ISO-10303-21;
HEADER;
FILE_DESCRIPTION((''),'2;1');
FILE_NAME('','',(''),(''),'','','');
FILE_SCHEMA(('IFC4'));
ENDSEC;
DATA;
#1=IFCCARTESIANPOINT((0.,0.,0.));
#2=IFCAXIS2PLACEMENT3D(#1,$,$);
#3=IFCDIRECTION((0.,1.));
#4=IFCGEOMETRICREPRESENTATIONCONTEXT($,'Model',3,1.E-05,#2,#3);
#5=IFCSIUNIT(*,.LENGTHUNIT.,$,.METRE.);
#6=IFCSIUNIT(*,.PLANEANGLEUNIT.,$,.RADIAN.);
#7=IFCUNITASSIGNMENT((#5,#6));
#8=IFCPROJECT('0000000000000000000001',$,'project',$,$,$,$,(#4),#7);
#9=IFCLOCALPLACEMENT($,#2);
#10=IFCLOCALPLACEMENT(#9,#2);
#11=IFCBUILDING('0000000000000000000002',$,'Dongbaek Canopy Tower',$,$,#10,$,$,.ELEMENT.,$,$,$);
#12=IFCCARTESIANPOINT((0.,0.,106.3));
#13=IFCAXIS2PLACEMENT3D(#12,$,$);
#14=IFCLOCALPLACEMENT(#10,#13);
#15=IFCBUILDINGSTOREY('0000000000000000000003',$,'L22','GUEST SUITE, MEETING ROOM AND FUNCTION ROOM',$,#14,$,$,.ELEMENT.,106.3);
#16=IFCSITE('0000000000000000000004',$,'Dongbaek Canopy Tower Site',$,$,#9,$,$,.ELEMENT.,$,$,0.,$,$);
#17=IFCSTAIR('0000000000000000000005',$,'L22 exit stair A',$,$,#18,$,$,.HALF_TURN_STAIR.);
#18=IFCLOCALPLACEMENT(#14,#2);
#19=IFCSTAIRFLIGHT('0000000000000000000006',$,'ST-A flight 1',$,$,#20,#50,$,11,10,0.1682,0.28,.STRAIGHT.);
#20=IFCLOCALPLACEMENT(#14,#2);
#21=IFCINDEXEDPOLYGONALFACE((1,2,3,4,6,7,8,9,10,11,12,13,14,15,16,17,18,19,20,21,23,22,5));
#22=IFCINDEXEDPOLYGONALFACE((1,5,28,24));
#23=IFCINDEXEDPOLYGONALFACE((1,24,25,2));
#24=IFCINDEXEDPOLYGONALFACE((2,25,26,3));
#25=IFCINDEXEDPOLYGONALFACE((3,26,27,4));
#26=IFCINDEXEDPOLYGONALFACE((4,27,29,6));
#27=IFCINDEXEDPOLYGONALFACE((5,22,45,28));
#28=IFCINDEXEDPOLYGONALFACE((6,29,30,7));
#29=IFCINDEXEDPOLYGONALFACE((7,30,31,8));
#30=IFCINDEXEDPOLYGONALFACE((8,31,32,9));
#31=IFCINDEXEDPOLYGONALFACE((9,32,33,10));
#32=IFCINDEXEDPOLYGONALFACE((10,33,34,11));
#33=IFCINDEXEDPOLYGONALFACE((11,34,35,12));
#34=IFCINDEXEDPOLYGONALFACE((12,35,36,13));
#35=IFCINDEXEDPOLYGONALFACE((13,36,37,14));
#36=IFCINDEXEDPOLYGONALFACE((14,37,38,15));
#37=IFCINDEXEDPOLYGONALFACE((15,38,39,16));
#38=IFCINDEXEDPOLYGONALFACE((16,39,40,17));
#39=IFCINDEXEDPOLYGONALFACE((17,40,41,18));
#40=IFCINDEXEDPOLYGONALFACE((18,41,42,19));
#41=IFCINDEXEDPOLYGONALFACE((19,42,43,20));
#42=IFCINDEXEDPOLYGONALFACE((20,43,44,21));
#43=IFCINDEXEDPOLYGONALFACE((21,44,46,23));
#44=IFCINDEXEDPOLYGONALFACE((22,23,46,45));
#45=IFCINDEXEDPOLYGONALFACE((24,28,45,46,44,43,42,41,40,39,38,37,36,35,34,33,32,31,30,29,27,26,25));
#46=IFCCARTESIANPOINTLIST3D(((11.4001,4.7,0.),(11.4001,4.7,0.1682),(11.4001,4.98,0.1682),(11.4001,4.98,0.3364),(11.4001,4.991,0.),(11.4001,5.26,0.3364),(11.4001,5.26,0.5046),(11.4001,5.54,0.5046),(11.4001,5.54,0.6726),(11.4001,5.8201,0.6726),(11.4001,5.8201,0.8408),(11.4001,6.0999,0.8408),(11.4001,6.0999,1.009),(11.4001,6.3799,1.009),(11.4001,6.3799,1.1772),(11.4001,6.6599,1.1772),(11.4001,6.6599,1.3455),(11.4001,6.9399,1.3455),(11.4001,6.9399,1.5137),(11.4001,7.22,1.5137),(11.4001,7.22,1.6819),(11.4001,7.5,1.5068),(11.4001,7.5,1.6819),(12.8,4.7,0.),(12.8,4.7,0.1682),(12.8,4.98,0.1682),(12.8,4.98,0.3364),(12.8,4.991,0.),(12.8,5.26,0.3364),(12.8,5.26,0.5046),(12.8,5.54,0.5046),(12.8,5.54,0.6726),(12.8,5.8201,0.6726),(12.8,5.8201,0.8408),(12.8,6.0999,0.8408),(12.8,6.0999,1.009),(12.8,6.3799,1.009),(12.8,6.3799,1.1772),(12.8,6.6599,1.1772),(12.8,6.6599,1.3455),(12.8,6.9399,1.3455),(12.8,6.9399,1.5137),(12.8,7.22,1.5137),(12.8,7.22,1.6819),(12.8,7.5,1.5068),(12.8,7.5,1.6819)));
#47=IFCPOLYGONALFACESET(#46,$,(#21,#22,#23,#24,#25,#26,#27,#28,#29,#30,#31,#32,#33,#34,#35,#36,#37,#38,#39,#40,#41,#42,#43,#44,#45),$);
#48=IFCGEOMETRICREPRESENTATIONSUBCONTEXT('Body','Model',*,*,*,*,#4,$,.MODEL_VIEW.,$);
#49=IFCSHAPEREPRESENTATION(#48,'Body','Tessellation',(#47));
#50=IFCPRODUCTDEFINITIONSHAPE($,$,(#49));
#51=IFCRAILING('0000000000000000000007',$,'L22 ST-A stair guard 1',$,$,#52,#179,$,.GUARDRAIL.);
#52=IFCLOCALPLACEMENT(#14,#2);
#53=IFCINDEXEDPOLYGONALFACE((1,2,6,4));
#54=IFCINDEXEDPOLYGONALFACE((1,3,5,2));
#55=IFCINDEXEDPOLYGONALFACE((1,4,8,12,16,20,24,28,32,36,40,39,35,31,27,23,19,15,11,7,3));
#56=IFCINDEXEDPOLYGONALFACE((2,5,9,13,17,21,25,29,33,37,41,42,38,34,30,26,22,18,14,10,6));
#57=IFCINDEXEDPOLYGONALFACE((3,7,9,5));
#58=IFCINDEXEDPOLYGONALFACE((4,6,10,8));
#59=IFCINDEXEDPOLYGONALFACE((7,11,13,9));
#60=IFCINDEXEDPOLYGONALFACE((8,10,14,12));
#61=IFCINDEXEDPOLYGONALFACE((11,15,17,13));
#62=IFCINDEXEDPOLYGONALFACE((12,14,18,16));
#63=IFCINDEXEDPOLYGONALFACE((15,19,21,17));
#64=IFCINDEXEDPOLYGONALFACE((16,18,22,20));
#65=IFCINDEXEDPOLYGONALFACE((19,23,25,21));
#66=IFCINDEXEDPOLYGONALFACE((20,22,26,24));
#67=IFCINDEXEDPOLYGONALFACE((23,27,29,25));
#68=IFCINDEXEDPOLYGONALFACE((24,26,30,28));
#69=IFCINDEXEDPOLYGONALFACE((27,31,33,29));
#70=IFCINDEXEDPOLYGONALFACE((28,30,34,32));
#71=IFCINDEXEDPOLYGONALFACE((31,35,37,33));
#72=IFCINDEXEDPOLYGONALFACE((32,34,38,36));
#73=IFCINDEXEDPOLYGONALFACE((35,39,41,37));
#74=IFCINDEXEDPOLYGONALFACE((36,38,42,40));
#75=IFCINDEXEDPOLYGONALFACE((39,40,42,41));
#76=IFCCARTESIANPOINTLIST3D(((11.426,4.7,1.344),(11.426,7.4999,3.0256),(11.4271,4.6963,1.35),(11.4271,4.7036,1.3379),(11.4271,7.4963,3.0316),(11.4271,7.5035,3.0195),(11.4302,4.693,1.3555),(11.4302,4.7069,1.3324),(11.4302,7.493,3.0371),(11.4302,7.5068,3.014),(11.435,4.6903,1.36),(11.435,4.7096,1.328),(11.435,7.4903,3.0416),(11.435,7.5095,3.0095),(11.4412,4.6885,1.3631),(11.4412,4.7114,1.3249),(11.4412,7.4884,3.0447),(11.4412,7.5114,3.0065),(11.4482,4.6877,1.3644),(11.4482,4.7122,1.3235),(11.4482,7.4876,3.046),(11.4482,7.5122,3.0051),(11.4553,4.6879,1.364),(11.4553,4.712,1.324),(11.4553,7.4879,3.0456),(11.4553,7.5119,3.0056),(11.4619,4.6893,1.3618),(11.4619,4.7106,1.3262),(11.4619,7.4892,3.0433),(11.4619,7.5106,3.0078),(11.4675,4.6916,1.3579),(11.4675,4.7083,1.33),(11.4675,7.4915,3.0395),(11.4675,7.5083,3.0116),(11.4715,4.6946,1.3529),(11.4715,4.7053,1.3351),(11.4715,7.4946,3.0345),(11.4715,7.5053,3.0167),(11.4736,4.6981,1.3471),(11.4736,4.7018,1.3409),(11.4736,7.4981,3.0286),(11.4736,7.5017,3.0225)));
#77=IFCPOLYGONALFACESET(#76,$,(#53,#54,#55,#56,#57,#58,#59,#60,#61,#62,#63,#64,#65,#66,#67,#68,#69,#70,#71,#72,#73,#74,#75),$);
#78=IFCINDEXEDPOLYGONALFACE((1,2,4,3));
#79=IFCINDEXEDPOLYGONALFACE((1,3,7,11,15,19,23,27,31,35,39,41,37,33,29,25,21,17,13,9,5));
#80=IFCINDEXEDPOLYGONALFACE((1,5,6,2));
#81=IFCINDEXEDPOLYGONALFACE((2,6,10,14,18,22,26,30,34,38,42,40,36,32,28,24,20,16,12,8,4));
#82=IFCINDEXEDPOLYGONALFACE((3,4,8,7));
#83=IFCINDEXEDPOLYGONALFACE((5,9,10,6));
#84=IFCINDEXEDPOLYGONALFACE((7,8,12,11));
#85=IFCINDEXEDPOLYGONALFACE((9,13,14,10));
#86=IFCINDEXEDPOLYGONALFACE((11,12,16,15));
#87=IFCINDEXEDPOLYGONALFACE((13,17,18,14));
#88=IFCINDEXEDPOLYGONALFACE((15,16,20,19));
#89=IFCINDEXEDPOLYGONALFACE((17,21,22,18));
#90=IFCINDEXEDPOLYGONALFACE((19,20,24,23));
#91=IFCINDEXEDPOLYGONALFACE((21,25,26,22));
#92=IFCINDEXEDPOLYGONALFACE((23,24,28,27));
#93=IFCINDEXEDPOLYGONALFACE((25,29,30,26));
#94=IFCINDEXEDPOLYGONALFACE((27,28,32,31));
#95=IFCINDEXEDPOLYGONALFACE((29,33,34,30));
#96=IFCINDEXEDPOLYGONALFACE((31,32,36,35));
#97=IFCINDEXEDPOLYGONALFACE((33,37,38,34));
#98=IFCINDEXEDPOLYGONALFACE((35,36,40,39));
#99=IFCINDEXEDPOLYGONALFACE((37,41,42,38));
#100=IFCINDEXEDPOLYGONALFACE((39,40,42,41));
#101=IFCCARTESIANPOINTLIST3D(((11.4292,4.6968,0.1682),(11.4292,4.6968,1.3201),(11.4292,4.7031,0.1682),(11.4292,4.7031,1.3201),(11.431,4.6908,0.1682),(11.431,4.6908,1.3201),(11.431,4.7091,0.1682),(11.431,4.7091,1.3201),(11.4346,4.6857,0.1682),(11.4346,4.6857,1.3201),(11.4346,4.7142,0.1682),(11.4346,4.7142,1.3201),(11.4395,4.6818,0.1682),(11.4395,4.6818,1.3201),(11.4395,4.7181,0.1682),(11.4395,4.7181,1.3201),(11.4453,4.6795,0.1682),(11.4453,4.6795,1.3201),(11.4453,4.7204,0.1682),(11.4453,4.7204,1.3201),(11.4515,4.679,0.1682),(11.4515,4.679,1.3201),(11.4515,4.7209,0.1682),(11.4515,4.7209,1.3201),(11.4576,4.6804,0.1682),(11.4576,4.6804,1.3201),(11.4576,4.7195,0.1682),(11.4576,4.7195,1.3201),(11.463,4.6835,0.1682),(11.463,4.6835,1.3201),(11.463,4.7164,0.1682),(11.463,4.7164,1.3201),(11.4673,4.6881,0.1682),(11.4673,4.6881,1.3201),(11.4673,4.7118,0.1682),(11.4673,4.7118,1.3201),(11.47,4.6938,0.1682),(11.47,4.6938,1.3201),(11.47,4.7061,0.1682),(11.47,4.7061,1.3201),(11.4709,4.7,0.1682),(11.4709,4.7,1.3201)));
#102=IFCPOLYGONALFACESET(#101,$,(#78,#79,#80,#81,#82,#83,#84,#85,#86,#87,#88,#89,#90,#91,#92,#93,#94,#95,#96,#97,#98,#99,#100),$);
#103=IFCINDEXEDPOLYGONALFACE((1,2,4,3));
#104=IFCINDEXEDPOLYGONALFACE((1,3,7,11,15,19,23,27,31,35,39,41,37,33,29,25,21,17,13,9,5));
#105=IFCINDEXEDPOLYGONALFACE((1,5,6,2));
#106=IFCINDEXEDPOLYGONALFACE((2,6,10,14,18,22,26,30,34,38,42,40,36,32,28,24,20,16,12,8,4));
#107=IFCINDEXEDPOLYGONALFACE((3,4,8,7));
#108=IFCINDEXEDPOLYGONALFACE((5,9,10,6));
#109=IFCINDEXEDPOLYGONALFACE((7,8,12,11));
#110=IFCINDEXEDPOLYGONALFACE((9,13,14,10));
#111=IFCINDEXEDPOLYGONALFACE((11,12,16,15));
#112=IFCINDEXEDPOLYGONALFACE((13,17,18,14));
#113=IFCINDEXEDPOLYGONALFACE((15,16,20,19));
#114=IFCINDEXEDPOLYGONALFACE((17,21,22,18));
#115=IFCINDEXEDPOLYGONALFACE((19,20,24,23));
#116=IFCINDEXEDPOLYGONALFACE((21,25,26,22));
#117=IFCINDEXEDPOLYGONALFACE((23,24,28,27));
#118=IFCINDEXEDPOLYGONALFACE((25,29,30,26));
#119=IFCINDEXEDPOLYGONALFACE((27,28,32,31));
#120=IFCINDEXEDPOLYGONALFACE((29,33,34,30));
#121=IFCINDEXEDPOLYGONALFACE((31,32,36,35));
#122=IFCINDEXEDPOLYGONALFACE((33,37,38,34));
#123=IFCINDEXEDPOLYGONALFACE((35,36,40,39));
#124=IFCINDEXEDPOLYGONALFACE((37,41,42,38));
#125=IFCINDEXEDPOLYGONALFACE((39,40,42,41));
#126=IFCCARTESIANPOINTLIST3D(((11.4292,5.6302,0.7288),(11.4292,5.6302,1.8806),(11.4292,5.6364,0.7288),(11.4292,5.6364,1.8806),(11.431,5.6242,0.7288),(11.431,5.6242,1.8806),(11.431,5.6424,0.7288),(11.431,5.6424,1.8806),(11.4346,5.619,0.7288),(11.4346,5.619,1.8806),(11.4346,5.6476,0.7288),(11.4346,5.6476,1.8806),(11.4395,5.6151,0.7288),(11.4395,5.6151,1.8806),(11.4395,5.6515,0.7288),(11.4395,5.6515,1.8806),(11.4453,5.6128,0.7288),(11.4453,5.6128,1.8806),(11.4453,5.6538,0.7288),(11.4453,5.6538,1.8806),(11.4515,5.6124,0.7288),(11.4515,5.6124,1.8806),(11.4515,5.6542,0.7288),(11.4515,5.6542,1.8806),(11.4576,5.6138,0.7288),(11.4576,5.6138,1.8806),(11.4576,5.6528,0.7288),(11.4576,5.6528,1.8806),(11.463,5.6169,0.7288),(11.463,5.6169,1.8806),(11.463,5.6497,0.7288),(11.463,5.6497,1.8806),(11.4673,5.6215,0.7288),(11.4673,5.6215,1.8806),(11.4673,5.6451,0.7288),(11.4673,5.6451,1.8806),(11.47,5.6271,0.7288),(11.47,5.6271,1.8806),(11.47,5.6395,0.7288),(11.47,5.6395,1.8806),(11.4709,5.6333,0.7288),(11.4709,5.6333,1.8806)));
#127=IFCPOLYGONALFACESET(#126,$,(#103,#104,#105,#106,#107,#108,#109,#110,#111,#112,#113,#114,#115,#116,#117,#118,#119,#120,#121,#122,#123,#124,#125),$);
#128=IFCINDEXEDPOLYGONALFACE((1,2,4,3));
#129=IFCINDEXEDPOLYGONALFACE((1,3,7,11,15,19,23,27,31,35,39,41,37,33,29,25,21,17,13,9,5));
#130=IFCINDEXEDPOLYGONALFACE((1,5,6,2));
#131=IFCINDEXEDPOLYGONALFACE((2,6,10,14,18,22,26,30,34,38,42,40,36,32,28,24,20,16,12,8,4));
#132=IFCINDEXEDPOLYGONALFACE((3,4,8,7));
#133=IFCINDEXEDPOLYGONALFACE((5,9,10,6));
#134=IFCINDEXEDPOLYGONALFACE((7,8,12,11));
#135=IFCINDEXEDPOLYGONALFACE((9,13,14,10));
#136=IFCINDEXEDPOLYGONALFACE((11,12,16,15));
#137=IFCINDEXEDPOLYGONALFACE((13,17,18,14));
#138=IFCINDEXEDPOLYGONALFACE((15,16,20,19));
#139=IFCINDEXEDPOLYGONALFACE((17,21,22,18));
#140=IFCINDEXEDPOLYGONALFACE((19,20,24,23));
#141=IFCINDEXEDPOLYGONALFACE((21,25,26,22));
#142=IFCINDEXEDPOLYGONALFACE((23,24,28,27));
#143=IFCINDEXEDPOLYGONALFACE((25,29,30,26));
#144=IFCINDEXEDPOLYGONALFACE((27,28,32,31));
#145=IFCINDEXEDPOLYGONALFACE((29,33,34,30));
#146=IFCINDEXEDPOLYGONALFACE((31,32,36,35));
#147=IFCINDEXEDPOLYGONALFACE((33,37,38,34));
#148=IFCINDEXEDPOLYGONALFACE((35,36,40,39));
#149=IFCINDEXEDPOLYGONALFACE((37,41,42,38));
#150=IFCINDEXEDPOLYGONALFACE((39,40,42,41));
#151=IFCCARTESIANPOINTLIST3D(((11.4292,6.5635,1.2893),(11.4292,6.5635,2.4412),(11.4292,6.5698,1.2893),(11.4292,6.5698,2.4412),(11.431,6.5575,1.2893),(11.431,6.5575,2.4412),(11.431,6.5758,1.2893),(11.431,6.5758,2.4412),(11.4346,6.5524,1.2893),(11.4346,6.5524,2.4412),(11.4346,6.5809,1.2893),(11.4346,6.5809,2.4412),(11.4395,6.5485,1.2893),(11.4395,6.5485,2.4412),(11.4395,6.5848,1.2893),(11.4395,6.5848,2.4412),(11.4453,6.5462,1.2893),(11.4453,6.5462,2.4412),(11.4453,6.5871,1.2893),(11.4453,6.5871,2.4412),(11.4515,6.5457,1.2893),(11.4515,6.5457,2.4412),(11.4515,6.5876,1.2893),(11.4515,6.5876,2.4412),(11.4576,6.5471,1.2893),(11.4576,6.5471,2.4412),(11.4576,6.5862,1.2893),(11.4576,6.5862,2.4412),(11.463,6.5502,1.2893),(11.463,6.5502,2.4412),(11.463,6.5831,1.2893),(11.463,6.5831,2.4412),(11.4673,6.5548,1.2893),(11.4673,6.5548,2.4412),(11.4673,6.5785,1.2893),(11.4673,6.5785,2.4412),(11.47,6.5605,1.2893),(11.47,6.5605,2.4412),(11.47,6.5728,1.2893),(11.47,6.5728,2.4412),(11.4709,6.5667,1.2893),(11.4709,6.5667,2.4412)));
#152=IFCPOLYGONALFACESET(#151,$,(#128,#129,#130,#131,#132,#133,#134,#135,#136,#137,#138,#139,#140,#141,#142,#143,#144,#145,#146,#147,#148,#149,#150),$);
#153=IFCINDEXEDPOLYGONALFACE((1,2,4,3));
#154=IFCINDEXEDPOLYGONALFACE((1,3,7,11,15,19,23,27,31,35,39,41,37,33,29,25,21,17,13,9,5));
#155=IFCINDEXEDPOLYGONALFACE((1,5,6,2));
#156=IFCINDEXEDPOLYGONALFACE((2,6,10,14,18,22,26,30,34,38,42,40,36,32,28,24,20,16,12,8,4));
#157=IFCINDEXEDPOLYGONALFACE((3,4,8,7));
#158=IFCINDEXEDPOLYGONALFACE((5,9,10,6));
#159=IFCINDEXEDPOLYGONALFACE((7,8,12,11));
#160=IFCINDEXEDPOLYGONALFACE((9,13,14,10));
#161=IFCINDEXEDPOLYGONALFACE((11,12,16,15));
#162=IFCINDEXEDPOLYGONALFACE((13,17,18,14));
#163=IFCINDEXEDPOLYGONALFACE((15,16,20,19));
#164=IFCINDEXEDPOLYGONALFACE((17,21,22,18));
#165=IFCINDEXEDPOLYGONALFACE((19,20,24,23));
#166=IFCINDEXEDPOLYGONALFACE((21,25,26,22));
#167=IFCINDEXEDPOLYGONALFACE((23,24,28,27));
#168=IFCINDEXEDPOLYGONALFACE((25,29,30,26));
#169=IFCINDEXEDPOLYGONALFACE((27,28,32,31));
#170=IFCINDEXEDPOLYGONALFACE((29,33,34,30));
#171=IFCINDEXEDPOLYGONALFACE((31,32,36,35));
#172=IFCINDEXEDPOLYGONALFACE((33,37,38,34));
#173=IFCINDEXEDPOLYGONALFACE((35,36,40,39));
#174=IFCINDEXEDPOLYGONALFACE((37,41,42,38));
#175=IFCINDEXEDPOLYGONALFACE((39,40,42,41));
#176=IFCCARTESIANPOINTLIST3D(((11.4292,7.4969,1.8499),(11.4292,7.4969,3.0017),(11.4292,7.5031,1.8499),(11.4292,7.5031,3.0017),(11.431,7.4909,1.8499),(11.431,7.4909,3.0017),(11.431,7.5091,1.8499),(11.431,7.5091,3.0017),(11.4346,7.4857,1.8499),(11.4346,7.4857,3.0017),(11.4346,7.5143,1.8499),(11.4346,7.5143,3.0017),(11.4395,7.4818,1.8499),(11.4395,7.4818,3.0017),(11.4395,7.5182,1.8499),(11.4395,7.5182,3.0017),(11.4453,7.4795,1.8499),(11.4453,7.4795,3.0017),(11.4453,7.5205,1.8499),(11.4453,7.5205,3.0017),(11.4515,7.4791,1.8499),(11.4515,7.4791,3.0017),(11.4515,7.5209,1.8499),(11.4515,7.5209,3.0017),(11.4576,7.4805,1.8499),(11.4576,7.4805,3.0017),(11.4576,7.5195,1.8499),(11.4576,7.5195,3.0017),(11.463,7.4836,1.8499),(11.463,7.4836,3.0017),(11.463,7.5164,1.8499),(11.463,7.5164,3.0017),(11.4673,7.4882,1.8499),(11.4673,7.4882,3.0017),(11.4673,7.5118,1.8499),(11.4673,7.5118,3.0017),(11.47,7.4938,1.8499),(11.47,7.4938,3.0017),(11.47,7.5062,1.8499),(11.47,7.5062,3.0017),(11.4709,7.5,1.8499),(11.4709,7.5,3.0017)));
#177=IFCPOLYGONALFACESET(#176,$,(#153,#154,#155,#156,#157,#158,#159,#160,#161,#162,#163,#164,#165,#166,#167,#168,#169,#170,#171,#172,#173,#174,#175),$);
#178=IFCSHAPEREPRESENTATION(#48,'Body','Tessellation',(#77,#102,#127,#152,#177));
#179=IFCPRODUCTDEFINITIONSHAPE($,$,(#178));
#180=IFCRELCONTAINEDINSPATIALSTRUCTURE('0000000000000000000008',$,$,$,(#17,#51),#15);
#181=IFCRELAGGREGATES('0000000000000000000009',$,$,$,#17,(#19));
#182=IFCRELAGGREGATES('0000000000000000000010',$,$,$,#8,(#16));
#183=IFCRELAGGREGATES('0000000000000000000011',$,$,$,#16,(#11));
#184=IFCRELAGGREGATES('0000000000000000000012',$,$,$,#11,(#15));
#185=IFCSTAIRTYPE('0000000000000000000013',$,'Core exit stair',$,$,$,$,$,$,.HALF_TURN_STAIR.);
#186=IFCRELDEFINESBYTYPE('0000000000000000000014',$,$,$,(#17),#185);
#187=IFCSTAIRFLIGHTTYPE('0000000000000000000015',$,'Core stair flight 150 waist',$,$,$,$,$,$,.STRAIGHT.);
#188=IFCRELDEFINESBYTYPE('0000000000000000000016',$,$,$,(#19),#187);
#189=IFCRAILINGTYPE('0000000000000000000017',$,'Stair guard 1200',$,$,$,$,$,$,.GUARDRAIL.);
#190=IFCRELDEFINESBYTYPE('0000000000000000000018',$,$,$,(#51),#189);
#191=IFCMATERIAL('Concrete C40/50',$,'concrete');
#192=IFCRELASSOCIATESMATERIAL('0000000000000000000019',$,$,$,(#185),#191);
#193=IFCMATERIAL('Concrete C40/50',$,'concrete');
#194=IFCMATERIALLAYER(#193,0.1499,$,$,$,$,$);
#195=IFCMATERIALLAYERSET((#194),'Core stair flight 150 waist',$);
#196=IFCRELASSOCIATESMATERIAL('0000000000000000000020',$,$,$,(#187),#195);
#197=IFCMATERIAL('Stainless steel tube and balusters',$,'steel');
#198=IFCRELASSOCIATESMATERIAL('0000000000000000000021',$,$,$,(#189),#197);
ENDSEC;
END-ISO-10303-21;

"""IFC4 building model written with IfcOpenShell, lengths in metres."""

from ifc_helpers import new_model, si_unit, direction, frame, origin, origin_2d, place, context, subcontext, project, spatial, polyline, circle, outline, extrude, material, layer, layer_set, type_object, element, aggregate, save


model = new_model("IFC4")

# Units and contexts
model_context = context("Model", 3, precision=1e-05, world=origin(), true_north=direction((0.0, 1.0)))
body_context = subcontext(model_context, "Body", "Model", "MODEL_VIEW")
ifc_project = project(units=[si_unit("LENGTHUNIT", "METRE"), si_unit("PLANEANGLEUNIT", "RADIAN")], contexts=[model_context])

# Site, building, storey
site_placement = place(None, origin())
site = spatial("IfcSite", under=ifc_project, at=site_placement, Name="Dongbaek Canopy Tower Site", CompositionType="ELEMENT", RefElevation=0.0)
building_placement = place(site_placement, origin())
building = spatial("IfcBuilding", under=site, at=building_placement, Name="Dongbaek Canopy Tower", CompositionType="ELEMENT")
storey_placement = place(building_placement, frame((0.0, 0.0, 106.3)))
storey = spatial("IfcBuildingStorey", under=building, at=storey_placement, Name="L22", Description="GUEST SUITE, MEETING ROOM AND FUNCTION ROOM", CompositionType="ELEMENT", Elevation=106.3)

# Stair, stair flight
ifc_material_1 = material(Name="Concrete C40/50", Category="concrete")
stair_type = type_object("IfcStairType", Name="Core exit stair", PredefinedType="HALF_TURN_STAIR", material=ifc_material_1)
stair_placement = place(storey_placement, origin())
stair = element("IfcStair", 1, at=stair_placement, inside=storey, type_object=stair_type, Name="L22 exit stair A", PredefinedType="HALF_TURN_STAIR")
ifc_material_2 = material(Name="Concrete C40/50", Category="concrete")
ifc_layer_1 = layer(ifc_material_2, 0.1499)
ifc_layer_set_1 = layer_set([ifc_layer_1], Name="Core stair flight 150 waist")
stair_flight_type = type_object("IfcStairFlightType", Name="Core stair flight 150 waist", PredefinedType="STRAIGHT", material=ifc_layer_set_1)
stair_flight_placement = place(storey_placement, frame((12.1001, 4.7, 0.0), z_axis=(0.0, 0.0, 1.0), x_axis=(0.0, 1.0, 0.0)))
stair_flight = element("IfcStairFlight", 2, at=stair_flight_placement, type_object=stair_flight_type, Name="ST-A flight 1", NumberOfRisers=11, NumberOfTreads=10, PredefinedType="STRAIGHT", RiserHeight=0.1682, TreadLength=0.28, context=body_context, shape_type="SweptSolid", body=[
    extrude(outline(polyline([(0.0, 0.0), (0.0, 0.1682), (0.28, 0.1682), (0.28, 0.3364), (0.5601, 0.3364), (0.5601, 0.5046), (0.8401, 0.5046), (0.8401, 0.6726), (1.1201, 0.6726), (1.1201, 0.8408), (1.3999, 0.8408), (1.3999, 1.009), (1.6799, 1.009), (1.6799, 1.1772), (1.96, 1.1772), (1.96, 1.3455), (2.24, 1.3455), (2.24, 1.5137), (2.52, 1.5137), (2.52, 1.6819), (2.8, 1.6819), (2.8, 1.8501), (2.8, 1.5068), (0.291, 0.0), (0.0, 0.0)])), frame((0.0, 0.7, 0.0), z_axis=(0.0, -1.0, 0.0), x_axis=(1.0, 0.0, 0.0)), (0.0, 0.0, 1.0), 1.3999),
])
aggregate(stair, [stair_flight])

# Railing
ifc_material_3 = material(Name="Stainless steel tube and balusters", Category="steel")
railing_type_1 = type_object("IfcRailingType", Name="Stair guard 1200", PredefinedType="GUARDRAIL", material=ifc_material_3)
railing_1_placement = place(storey_placement, frame((11.45, 4.7, 0.1682)))
element("IfcRailing", 3, at=railing_1_placement, inside=storey, type_object=railing_type_1, Name="L22 ST-A stair guard 1", PredefinedType="GUARDRAIL", context=body_context, shape_type="SweptSolid", body=[
    extrude(circle(Radius=0.0239, at=origin_2d()), frame((0.0, 0.0, 1.1758), z_axis=(0.0, 0.857275, 0.514858), x_axis=(-1.0, 0.0, 0.0)), (0.0, 0.0, 1.0), 3.2661),
    extrude(circle(Radius=0.021, at=origin_2d()), origin(), (0.0, 0.0, 1.0), 1.1519),
    extrude(circle(Radius=0.021, at=origin_2d()), frame((0.0, 0.9333, 0.5605)), (0.0, 0.0, 1.0), 1.1519),
    extrude(circle(Radius=0.021, at=origin_2d()), frame((0.0, 1.8667, 1.1211)), (0.0, 0.0, 1.0), 1.1519),
    extrude(circle(Radius=0.021, at=origin_2d()), frame((0.0, 2.8, 1.6816)), (0.0, 0.0, 1.0), 1.1519),
])

save(model, "model.ifc")
